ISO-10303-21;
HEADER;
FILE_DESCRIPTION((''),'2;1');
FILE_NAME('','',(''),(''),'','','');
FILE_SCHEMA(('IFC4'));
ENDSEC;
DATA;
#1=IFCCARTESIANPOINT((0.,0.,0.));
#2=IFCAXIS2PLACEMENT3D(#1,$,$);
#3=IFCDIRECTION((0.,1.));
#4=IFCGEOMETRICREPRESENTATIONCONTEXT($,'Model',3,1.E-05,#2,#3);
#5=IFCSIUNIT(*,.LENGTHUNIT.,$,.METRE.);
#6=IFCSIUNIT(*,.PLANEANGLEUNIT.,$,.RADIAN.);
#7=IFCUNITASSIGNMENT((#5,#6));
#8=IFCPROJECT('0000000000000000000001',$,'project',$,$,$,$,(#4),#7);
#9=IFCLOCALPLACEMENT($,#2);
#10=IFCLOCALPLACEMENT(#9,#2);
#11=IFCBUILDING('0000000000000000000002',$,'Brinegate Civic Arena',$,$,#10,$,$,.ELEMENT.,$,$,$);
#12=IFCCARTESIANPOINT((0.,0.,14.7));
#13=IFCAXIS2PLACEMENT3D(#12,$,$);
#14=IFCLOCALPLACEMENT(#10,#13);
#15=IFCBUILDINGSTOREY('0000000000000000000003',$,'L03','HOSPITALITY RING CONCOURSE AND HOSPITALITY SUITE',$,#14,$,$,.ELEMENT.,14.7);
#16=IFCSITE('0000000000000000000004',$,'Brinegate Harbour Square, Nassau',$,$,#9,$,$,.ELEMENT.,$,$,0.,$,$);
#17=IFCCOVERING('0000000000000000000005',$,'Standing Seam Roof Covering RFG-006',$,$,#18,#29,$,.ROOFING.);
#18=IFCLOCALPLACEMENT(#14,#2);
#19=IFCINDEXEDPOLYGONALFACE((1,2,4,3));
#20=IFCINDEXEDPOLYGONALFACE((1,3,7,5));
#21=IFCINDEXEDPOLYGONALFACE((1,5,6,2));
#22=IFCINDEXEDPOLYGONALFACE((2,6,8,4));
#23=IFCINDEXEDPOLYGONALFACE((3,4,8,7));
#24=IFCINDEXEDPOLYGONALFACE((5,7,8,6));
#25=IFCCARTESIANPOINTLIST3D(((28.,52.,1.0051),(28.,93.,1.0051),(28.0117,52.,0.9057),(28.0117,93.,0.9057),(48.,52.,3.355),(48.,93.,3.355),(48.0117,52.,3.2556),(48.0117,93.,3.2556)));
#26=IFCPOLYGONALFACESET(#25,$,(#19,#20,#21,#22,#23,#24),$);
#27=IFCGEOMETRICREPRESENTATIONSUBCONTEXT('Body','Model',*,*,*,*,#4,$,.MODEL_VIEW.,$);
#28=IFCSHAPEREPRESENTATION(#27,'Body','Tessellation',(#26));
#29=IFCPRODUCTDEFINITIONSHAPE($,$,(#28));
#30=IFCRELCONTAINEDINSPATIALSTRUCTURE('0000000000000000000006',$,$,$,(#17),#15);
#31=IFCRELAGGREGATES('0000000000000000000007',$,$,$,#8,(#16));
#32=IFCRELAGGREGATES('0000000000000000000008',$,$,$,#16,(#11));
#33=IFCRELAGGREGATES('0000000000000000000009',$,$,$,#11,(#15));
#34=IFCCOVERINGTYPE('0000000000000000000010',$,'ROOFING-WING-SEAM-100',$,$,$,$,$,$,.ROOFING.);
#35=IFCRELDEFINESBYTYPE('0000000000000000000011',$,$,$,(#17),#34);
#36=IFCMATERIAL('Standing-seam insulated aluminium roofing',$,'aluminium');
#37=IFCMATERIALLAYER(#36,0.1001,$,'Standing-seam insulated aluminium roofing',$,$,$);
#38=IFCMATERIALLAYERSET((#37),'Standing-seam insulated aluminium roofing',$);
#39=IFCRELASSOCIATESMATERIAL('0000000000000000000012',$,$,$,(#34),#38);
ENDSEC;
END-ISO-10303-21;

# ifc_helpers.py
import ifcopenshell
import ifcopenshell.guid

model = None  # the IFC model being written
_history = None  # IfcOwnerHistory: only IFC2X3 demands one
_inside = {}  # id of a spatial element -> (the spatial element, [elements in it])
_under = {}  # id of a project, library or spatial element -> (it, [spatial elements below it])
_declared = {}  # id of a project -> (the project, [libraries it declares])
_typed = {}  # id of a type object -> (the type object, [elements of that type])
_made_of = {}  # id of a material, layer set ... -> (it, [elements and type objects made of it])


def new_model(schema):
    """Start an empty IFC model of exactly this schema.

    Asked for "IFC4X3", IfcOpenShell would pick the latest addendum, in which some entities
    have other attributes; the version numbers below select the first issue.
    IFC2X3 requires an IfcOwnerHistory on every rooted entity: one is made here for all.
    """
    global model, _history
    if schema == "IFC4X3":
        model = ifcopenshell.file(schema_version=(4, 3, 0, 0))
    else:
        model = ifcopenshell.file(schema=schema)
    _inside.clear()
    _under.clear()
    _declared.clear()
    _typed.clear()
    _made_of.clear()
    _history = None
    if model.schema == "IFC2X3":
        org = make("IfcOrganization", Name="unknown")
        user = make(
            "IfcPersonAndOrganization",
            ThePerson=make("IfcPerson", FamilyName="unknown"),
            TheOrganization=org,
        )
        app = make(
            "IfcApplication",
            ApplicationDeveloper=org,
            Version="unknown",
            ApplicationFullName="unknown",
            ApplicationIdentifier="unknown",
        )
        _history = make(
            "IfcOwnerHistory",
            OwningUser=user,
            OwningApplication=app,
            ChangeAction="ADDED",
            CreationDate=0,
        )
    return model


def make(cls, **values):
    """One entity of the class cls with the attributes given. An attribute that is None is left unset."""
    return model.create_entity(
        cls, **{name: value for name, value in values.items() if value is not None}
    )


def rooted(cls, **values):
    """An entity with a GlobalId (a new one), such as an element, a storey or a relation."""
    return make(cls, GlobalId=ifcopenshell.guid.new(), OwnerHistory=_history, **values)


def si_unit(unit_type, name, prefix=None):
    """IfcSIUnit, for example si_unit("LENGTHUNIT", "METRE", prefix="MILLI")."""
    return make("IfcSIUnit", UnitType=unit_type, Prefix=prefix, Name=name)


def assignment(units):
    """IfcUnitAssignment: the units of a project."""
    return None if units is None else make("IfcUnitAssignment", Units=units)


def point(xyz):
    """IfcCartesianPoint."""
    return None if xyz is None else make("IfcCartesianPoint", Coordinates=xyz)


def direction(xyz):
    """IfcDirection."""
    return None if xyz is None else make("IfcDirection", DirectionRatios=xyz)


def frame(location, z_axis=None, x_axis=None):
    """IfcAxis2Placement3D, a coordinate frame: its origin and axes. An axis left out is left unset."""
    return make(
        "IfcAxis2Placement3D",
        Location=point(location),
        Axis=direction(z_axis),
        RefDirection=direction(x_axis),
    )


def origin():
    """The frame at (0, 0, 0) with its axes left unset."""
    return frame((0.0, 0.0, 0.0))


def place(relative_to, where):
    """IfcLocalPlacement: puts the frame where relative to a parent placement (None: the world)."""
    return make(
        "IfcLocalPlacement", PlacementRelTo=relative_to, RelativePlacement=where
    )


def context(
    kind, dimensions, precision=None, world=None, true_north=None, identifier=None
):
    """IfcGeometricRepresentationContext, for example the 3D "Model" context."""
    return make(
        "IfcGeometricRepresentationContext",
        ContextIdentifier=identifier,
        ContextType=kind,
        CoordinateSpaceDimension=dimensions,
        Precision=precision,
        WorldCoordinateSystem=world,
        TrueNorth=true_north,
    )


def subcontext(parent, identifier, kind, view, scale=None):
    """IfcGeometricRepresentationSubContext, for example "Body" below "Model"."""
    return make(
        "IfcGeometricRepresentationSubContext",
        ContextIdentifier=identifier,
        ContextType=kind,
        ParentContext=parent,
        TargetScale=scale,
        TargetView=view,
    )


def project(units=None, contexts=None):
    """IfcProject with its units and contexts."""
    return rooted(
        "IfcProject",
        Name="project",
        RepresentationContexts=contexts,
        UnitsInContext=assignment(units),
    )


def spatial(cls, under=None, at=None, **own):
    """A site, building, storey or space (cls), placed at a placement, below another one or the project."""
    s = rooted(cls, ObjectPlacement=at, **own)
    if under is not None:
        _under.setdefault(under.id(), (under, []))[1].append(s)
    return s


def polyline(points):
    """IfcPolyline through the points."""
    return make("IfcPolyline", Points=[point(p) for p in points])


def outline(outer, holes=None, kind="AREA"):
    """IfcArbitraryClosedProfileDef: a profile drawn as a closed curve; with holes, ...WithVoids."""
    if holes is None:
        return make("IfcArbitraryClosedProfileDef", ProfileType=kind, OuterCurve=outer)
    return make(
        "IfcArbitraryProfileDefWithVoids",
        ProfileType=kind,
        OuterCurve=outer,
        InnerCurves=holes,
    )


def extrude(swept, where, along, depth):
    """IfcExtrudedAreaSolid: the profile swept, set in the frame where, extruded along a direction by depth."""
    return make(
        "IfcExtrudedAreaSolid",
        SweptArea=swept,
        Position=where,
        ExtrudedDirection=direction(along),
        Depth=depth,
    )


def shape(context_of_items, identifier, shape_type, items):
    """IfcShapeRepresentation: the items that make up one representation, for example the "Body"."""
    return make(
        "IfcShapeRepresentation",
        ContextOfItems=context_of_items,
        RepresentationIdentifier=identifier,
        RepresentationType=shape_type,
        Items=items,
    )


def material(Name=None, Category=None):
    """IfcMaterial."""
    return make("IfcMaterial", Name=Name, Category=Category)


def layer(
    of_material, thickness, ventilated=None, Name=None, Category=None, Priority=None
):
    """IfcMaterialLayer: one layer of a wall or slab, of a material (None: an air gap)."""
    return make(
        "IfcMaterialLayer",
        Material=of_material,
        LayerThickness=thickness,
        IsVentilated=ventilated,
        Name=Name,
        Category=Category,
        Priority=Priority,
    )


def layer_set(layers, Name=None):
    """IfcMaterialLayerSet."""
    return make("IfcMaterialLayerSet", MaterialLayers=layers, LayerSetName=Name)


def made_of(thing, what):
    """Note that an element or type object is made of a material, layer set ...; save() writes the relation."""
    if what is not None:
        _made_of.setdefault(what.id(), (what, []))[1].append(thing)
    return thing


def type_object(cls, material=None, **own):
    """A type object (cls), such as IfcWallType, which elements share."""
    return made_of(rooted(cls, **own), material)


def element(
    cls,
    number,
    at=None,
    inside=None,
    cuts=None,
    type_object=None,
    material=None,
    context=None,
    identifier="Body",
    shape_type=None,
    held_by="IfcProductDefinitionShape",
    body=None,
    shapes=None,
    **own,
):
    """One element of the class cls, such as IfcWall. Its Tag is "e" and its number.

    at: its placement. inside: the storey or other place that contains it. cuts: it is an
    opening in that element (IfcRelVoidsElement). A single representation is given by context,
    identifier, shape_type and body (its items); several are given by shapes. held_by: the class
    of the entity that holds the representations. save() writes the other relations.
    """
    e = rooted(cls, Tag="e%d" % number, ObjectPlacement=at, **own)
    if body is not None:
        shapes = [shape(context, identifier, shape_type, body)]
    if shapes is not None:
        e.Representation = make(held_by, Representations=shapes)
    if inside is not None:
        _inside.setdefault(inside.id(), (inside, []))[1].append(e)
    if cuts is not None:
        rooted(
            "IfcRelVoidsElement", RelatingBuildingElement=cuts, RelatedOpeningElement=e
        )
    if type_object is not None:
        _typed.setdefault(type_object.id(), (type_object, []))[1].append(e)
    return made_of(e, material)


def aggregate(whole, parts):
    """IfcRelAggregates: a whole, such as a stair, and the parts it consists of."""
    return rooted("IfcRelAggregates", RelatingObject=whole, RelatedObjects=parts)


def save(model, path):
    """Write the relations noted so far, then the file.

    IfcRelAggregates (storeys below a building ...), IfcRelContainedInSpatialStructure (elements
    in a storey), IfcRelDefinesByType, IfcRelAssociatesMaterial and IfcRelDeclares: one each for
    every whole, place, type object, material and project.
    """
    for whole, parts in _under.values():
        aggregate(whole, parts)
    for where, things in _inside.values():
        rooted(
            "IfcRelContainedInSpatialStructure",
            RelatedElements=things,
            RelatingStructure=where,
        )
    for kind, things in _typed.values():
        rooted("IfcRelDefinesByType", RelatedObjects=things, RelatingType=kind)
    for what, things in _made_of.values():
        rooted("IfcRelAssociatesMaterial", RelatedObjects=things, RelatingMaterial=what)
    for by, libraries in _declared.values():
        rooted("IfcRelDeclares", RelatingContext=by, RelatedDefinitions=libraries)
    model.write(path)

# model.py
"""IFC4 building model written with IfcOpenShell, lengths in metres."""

from ifc_helpers import new_model, si_unit, direction, frame, origin, place, context, subcontext, project, spatial, polyline, outline, extrude, material, layer, layer_set, type_object, element, save


model = new_model("IFC4")

# Units and contexts
model_context = context("Model", 3, precision=1e-05, world=origin(), true_north=direction((0.0, 1.0)))
body_context = subcontext(model_context, "Body", "Model", "MODEL_VIEW")
ifc_project = project(units=[si_unit("LENGTHUNIT", "METRE"), si_unit("PLANEANGLEUNIT", "RADIAN")], contexts=[model_context])

# Site, building, storey
site_placement = place(None, origin())
site = spatial("IfcSite", under=ifc_project, at=site_placement, Name="Brinegate Harbour Square, Nassau", CompositionType="ELEMENT", RefElevation=0.0)
building_placement = place(site_placement, origin())
building = spatial("IfcBuilding", under=site, at=building_placement, Name="Brinegate Civic Arena", CompositionType="ELEMENT")
storey_placement = place(building_placement, frame((0.0, 0.0, 14.7)))
storey = spatial("IfcBuildingStorey", under=building, at=storey_placement, Name="L03", Description="HOSPITALITY RING CONCOURSE AND HOSPITALITY SUITE", CompositionType="ELEMENT", Elevation=14.7)

# Covering
ifc_material_1 = material(Name="Standing-seam insulated aluminium roofing", Category="aluminium")
ifc_layer_1 = layer(ifc_material_1, 0.1001, Name="Standing-seam insulated aluminium roofing")
ifc_layer_set_1 = layer_set([ifc_layer_1], Name="Standing-seam insulated aluminium roofing")
covering_type = type_object("IfcCoveringType", Name="ROOFING-WING-SEAM-100", PredefinedType="ROOFING", material=ifc_layer_set_1)
covering_placement = place(storey_placement, frame((28.0, 52.0, 1.0051), z_axis=(-0.11669, 0.0, 0.993168), x_axis=(0.993168, 0.0, 0.11669)))
element("IfcCovering", 1, at=covering_placement, inside=storey, type_object=covering_type, Name="Standing Seam Roof Covering RFG-006", PredefinedType="ROOFING", context=body_context, shape_type="SweptSolid", body=[
    extrude(outline(polyline([(0.0, 0.0), (20.1376, 0.0), (20.1376, 41.0), (0.0, 41.0), (0.0, 0.0)])), origin(), (0.0, 0.0, -1.0), 0.1001),
])

save(model, "model.ifc")
